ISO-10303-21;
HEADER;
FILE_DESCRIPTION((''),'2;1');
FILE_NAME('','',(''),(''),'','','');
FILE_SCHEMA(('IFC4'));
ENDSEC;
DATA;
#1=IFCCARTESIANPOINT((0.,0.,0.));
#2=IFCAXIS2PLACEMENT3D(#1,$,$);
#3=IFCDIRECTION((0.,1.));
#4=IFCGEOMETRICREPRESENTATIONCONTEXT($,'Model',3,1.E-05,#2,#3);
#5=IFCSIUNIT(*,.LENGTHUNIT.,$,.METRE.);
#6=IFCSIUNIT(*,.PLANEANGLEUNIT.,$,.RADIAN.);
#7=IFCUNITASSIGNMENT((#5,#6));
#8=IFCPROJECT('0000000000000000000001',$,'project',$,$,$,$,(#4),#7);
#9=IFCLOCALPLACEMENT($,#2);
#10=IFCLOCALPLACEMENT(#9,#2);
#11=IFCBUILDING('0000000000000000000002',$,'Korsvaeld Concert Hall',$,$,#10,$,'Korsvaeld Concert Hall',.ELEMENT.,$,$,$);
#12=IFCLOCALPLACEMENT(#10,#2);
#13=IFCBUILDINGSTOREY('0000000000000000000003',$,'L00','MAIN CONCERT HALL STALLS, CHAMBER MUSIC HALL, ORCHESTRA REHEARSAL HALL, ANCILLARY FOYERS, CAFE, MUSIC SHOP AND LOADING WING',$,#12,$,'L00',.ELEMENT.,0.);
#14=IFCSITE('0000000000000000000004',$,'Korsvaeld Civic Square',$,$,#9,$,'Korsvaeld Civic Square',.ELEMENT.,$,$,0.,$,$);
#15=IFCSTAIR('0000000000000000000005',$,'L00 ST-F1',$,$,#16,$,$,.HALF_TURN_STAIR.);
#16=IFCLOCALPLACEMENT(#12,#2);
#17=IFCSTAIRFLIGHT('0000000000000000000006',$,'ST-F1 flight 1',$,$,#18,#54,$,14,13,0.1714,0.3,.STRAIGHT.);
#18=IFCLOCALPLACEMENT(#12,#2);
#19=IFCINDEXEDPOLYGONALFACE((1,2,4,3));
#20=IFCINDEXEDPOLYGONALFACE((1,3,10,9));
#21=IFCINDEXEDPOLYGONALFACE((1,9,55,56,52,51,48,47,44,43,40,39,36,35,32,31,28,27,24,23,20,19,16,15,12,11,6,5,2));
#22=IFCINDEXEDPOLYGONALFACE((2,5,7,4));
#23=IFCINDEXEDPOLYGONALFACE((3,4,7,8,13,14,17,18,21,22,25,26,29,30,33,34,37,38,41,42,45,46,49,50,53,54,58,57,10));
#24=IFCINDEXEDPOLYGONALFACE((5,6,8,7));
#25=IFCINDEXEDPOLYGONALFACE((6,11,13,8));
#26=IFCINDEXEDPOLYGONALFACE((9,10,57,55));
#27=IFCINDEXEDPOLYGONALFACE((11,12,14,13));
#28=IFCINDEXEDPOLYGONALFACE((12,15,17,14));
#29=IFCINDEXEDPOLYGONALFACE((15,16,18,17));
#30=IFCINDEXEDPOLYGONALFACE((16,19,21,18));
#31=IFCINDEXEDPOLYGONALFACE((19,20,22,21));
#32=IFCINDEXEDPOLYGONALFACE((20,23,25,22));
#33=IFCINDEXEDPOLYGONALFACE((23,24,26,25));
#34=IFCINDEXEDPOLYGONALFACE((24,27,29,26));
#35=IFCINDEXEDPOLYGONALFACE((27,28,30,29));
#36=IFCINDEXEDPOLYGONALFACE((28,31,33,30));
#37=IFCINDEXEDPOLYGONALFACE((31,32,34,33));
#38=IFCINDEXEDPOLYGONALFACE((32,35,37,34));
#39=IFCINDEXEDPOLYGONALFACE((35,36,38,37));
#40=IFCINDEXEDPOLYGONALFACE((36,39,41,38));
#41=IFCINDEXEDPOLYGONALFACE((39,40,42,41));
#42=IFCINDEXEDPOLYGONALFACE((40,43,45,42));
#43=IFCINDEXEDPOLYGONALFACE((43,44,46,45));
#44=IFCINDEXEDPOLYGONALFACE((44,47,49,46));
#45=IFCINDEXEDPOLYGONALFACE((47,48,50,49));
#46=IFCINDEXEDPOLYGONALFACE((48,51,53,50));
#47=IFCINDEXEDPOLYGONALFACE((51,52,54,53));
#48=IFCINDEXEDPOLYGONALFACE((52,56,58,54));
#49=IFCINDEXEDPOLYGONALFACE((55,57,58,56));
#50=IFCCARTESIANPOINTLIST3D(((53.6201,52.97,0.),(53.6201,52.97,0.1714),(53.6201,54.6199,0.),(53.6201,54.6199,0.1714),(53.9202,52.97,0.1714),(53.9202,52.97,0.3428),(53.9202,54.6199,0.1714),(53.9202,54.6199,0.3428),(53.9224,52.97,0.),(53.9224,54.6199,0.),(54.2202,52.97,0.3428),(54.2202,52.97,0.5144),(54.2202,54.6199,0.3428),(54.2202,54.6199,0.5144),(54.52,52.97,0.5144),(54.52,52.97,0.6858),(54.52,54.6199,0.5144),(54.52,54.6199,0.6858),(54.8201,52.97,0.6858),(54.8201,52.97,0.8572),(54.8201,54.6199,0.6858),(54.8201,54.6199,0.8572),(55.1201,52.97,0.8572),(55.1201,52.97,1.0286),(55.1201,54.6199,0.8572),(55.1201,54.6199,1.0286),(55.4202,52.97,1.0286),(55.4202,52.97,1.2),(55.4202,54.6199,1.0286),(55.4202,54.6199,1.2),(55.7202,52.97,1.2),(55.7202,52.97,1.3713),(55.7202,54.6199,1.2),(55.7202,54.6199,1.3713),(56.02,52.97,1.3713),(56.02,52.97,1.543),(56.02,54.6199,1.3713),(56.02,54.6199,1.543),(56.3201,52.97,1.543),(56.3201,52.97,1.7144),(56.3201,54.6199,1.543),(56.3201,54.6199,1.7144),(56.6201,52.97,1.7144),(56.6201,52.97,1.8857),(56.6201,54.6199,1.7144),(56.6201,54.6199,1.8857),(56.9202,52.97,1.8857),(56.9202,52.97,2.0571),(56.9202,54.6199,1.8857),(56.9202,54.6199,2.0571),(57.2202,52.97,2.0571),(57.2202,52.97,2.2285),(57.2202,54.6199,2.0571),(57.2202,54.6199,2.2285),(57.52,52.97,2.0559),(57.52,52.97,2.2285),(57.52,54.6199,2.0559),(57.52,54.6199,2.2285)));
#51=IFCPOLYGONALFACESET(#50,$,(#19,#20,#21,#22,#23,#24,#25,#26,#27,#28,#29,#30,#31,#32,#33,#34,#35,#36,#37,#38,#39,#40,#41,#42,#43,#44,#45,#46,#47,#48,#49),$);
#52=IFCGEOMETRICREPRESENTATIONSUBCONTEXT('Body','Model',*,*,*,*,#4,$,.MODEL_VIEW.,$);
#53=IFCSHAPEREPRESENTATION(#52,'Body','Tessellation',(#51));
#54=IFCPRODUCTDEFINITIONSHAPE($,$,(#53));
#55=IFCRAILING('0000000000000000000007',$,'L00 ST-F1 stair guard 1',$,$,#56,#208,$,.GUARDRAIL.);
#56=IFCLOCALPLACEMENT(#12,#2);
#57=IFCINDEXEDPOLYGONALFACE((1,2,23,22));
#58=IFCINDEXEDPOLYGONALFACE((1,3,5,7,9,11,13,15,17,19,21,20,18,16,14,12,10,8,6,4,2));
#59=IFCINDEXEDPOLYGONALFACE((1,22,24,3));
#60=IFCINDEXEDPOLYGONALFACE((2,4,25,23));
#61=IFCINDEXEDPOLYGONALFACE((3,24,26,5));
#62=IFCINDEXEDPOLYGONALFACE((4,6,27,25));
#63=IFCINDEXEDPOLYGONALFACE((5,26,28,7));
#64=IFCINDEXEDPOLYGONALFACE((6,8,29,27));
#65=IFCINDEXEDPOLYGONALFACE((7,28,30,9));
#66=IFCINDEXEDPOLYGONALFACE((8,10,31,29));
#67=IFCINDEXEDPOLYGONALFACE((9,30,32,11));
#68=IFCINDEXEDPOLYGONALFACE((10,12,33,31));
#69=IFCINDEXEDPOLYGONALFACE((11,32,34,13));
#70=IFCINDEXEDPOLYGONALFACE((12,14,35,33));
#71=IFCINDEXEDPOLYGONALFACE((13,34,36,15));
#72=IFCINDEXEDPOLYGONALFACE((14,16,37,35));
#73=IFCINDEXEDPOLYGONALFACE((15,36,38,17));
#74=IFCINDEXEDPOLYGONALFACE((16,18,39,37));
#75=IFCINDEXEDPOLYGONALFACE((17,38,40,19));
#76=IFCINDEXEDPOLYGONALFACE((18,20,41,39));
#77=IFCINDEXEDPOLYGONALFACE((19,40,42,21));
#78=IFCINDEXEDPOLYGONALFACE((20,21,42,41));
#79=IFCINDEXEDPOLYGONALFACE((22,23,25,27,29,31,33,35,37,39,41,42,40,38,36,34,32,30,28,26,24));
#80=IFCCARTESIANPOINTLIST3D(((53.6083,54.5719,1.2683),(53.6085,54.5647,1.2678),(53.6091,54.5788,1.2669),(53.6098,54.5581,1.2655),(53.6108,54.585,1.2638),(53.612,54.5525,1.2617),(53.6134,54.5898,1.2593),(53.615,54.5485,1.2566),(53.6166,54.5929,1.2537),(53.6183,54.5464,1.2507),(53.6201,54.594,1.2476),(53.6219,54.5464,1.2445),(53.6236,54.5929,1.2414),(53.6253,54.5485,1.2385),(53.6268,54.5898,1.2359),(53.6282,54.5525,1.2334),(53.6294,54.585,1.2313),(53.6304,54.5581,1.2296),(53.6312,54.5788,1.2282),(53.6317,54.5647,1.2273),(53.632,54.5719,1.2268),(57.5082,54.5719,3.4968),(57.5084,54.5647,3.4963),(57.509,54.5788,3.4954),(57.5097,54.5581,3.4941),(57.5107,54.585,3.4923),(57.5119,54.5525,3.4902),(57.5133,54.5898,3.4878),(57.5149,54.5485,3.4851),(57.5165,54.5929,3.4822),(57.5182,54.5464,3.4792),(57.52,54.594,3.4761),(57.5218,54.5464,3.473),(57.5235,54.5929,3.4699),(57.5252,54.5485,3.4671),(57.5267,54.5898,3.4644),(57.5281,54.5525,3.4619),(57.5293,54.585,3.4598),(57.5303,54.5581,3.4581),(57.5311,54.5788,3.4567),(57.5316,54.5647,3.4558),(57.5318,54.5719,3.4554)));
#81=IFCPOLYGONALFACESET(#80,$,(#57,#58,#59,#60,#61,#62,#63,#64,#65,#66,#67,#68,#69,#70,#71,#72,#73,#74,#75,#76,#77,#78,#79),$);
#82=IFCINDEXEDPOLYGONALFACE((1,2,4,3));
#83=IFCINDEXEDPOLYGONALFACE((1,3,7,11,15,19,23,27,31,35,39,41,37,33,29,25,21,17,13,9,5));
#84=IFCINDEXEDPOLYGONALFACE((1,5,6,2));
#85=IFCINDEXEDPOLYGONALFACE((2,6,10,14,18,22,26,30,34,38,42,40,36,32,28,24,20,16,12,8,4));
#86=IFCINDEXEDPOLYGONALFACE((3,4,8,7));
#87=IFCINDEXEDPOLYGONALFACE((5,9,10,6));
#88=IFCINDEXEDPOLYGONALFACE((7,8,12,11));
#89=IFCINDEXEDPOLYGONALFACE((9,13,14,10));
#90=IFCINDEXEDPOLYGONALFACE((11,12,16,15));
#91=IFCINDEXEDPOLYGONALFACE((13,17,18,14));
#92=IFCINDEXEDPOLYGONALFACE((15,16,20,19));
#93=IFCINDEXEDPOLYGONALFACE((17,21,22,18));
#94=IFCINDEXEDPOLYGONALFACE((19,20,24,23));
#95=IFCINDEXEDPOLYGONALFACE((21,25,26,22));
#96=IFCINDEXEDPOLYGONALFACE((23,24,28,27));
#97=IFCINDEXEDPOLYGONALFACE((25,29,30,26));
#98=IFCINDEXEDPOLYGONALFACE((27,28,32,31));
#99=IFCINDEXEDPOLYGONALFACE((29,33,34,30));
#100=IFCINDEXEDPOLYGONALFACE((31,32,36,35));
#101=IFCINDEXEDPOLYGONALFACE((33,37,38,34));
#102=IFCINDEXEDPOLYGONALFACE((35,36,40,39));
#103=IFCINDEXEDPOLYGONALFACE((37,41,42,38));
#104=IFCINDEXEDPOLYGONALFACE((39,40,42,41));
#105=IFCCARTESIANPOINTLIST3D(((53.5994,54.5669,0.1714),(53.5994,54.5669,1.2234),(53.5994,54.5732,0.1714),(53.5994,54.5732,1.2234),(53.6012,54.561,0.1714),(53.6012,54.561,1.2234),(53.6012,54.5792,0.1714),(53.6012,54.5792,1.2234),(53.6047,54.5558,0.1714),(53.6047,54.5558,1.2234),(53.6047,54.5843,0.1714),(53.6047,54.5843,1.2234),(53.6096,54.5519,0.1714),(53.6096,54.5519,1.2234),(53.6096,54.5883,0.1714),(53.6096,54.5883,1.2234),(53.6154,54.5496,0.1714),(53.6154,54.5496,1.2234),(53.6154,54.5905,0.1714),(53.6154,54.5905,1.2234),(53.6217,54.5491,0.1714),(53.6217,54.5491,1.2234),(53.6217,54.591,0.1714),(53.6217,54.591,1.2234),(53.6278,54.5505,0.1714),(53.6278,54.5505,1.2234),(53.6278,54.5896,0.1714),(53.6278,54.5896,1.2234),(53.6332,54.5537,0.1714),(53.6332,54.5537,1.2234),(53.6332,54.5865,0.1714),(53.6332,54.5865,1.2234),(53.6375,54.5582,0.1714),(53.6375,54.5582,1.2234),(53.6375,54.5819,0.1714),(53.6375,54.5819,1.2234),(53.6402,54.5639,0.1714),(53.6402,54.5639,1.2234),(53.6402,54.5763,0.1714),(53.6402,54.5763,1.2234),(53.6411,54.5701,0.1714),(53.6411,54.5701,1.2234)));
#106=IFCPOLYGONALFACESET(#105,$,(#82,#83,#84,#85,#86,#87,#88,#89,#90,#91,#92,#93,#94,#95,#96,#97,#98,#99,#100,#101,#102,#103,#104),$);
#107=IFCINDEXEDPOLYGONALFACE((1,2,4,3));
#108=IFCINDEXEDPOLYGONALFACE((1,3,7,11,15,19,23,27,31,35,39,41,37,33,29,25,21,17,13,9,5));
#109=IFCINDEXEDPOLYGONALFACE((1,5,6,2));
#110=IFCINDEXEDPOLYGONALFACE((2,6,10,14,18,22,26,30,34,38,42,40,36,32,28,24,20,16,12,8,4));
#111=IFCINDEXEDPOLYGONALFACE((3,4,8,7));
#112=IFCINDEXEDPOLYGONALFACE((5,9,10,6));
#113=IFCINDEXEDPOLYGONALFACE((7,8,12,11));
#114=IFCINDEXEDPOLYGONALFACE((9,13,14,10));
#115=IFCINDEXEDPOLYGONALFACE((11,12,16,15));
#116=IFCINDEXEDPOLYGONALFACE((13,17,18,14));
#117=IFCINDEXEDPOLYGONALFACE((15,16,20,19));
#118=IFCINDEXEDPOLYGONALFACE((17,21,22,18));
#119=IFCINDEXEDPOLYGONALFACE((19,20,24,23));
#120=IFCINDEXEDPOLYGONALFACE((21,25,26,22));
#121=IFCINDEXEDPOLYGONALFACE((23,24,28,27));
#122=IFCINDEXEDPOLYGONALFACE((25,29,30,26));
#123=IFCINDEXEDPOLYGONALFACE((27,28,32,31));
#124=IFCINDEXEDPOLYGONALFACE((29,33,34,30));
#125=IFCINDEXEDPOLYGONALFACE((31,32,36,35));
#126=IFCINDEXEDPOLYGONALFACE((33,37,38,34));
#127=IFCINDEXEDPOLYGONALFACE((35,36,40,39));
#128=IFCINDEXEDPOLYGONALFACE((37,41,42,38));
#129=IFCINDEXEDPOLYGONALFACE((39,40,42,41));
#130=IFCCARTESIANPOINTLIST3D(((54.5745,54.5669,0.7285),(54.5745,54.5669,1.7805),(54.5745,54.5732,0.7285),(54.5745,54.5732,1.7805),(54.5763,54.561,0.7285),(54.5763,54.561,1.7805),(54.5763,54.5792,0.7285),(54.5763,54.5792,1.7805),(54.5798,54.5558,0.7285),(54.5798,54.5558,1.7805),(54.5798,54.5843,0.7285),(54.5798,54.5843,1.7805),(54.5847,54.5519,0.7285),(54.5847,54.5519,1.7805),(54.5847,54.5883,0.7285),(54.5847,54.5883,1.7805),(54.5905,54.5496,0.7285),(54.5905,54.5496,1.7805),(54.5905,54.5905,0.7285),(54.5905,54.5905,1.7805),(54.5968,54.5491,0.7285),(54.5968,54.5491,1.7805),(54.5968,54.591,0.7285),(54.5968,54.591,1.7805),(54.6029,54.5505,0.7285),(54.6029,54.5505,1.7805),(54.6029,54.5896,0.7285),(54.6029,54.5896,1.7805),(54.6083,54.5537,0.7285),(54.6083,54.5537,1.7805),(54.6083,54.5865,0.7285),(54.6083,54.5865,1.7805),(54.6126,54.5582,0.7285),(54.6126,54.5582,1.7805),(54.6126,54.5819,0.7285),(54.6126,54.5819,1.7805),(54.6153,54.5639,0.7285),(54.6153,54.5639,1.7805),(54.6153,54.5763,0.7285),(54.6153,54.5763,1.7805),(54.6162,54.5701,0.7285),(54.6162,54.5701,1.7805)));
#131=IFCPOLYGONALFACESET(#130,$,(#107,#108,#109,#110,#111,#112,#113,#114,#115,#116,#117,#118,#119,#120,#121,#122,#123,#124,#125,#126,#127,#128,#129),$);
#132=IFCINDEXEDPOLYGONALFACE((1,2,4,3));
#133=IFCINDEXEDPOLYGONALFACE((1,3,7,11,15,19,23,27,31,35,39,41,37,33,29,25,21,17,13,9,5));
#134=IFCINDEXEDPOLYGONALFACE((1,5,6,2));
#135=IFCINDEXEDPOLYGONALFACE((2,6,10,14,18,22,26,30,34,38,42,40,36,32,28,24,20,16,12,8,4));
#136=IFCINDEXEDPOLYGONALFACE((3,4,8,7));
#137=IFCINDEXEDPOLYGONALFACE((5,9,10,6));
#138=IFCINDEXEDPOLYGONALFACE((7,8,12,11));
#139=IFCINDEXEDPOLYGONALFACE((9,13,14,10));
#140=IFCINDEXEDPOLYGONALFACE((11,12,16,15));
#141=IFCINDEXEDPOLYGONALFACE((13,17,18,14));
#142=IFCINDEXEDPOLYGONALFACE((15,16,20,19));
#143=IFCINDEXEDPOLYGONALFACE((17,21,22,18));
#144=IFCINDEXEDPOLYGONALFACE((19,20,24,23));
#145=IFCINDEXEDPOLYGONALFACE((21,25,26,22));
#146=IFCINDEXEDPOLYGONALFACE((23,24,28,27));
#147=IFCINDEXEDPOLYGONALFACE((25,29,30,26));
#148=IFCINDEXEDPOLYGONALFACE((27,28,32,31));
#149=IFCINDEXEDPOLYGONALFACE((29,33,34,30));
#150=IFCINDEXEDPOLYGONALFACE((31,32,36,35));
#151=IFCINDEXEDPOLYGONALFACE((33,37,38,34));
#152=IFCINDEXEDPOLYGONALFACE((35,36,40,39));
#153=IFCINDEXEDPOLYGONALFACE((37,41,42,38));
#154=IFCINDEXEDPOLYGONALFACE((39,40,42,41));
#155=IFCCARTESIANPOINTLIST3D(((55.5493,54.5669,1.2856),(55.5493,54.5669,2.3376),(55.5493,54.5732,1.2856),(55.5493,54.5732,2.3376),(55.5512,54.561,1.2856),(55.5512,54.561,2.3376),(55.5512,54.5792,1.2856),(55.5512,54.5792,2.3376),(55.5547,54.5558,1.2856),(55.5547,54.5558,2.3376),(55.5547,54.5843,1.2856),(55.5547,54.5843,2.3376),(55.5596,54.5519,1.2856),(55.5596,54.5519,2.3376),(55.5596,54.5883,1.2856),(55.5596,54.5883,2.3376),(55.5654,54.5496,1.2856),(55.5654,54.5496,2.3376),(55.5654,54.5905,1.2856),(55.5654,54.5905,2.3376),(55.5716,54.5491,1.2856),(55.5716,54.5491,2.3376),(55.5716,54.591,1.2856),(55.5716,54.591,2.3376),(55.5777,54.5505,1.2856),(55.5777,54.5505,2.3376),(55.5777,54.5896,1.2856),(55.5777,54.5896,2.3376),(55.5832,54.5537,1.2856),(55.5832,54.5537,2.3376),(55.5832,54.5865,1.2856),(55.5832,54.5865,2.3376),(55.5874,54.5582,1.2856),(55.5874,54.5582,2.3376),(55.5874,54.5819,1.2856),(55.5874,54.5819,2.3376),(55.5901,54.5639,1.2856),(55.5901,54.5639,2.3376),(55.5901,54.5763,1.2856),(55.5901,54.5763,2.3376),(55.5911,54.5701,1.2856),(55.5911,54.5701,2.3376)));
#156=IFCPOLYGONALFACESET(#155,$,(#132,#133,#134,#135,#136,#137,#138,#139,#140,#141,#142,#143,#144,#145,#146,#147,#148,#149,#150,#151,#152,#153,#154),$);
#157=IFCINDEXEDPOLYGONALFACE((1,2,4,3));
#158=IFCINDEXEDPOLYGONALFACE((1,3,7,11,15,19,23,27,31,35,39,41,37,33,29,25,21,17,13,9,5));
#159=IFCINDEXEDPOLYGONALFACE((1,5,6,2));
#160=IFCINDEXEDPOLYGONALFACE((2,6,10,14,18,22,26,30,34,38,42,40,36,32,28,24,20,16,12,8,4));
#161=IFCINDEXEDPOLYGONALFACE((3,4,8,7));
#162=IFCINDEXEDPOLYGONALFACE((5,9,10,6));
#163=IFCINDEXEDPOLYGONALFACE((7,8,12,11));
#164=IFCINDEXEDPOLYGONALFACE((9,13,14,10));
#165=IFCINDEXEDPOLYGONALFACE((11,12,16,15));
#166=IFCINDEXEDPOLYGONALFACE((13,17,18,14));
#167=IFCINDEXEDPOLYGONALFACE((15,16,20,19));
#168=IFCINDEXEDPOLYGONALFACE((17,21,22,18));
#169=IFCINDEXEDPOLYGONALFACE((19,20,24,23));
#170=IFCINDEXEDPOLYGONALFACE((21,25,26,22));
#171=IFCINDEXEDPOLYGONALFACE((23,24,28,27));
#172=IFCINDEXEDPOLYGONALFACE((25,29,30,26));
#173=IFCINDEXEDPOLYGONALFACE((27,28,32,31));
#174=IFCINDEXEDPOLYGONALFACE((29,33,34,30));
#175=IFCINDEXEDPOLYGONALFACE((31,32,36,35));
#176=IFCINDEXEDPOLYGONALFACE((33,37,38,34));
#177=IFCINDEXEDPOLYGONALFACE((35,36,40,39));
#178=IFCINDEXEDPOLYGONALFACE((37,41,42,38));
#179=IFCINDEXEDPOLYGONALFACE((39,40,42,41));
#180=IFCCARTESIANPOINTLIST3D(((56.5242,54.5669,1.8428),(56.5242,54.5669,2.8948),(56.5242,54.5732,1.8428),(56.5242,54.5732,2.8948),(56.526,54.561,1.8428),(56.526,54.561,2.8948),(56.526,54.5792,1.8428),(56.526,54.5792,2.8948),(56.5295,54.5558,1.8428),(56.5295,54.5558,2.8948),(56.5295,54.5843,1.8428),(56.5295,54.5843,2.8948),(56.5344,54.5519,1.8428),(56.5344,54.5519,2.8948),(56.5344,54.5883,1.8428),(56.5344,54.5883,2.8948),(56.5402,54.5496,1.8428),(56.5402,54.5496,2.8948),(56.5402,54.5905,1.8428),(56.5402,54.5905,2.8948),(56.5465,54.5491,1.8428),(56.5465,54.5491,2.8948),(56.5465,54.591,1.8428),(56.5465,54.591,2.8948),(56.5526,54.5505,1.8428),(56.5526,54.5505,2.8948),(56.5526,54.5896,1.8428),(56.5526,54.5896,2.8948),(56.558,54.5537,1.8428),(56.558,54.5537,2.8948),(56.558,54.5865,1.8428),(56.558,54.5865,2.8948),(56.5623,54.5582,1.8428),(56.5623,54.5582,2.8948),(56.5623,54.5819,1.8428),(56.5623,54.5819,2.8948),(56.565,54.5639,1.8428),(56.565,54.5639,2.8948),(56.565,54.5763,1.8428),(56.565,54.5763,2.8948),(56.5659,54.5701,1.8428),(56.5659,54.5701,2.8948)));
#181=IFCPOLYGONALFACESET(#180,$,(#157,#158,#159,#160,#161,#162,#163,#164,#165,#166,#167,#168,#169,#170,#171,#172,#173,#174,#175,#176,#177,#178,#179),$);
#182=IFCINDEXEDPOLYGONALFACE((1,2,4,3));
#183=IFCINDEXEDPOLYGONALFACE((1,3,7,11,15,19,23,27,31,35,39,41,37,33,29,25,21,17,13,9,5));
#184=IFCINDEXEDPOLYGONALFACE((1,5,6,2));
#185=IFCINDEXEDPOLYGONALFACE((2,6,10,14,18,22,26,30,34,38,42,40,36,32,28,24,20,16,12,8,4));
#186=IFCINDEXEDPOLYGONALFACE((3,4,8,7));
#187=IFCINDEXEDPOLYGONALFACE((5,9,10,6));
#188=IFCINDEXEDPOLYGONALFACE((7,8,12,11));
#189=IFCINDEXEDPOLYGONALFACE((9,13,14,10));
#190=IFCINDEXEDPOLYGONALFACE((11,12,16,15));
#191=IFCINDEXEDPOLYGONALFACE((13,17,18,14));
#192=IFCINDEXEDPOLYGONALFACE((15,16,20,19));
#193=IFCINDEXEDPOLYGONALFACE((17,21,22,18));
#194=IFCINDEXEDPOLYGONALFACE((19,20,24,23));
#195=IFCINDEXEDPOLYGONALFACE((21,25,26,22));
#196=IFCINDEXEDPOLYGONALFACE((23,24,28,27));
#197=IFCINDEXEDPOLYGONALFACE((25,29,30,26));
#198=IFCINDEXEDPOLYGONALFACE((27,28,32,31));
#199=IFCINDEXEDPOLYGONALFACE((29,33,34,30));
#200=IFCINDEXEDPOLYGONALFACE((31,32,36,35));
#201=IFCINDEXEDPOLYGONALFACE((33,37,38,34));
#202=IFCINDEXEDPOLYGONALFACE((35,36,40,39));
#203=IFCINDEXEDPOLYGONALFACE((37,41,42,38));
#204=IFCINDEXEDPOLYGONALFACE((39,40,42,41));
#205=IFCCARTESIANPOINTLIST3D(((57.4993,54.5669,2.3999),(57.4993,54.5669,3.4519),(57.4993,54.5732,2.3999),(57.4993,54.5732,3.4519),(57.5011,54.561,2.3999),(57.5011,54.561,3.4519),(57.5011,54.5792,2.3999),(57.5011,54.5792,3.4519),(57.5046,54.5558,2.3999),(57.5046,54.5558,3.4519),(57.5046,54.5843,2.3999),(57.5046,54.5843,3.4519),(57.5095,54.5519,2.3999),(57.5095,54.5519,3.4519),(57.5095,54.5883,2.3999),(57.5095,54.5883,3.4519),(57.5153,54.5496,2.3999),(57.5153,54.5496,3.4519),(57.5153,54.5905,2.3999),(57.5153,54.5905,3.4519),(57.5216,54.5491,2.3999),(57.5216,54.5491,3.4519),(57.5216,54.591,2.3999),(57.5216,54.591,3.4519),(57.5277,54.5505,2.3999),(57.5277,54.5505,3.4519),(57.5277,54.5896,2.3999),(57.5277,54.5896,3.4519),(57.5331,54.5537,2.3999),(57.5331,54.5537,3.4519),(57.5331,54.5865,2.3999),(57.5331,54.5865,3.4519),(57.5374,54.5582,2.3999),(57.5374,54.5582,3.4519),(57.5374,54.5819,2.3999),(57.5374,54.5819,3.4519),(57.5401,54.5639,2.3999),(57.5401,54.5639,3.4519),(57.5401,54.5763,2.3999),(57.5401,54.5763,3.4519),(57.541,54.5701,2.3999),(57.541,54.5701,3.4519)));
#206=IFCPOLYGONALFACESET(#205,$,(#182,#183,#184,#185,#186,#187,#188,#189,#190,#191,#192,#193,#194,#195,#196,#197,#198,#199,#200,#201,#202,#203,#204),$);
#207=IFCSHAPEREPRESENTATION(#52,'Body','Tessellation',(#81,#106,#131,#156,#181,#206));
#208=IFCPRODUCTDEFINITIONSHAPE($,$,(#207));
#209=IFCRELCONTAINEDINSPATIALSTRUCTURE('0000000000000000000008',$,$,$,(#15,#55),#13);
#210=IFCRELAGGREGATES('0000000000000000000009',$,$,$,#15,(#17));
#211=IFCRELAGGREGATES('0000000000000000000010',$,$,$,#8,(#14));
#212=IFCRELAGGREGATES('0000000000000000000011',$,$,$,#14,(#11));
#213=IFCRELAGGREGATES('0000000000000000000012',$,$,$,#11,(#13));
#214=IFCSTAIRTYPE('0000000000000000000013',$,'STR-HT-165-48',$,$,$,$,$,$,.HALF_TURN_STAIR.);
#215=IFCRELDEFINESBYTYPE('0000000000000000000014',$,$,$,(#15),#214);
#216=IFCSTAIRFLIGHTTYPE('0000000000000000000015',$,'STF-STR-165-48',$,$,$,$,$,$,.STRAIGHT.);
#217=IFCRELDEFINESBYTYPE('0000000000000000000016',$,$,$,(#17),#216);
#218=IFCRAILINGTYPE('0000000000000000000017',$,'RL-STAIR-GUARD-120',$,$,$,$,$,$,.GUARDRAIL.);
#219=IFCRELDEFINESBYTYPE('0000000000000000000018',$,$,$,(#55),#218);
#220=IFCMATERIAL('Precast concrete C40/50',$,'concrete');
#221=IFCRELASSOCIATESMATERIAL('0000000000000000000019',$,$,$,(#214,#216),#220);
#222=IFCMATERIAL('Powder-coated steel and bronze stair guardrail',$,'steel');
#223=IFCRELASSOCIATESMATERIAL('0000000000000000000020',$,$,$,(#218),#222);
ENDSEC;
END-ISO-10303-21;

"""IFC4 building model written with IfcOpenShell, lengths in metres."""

from ifc_helpers import new_model, si_unit, direction, frame, origin, origin_2d, place, context, subcontext, project, spatial, polyline, circle, outline, extrude, material, type_object, element, aggregate, save


model = new_model("IFC4")

# Units and contexts
model_context = context("Model", 3, precision=1e-05, world=origin(), true_north=direction((0.0, 1.0)))
body_context = subcontext(model_context, "Body", "Model", "MODEL_VIEW")
ifc_project = project(units=[si_unit("LENGTHUNIT", "METRE"), si_unit("PLANEANGLEUNIT", "RADIAN")], contexts=[model_context])

# Site, building, storey
site_placement = place(None, origin())
site = spatial("IfcSite", under=ifc_project, at=site_placement, Name="Korsvaeld Civic Square", LongName="Korsvaeld Civic Square", CompositionType="ELEMENT", RefElevation=0.0)
building_placement = place(site_placement, origin())
building = spatial("IfcBuilding", under=site, at=building_placement, Name="Korsvaeld Concert Hall", LongName="Korsvaeld Concert Hall", CompositionType="ELEMENT")
storey_placement = place(building_placement, origin())
storey = spatial("IfcBuildingStorey", under=building, at=storey_placement, Name="L00", Description="MAIN CONCERT HALL STALLS, CHAMBER MUSIC HALL, ORCHESTRA REHEARSAL HALL, ANCILLARY FOYERS, CAFE, MUSIC SHOP AND LOADING WING", LongName="L00", CompositionType="ELEMENT", Elevation=0.0)

# Stair, stair flight
ifc_material_1 = material(Name="Precast concrete C40/50", Category="concrete")
stair_type = type_object("IfcStairType", Name="STR-HT-165-48", PredefinedType="HALF_TURN_STAIR", material=ifc_material_1)
stair_placement = place(storey_placement, origin())
stair = element("IfcStair", 1, at=stair_placement, inside=storey, type_object=stair_type, Name="L00 ST-F1", PredefinedType="HALF_TURN_STAIR")
stair_flight_type = type_object("IfcStairFlightType", Name="STF-STR-165-48", PredefinedType="STRAIGHT", material=ifc_material_1)
stair_flight_placement = place(storey_placement, frame((53.6201, 53.7949, 0.0), z_axis=(0.0, 0.0, 1.0), x_axis=(1.0, 0.0, 0.0)))
stair_flight = element("IfcStairFlight", 2, at=stair_flight_placement, type_object=stair_flight_type, Name="ST-F1 flight 1", NumberOfRisers=14, NumberOfTreads=13, PredefinedType="STRAIGHT", RiserHeight=0.1714, TreadLength=0.3, context=body_context, shape_type="SweptSolid", body=[
    extrude(outline(polyline([(0.0, 0.0), (0.0, 0.1714), (0.3, 0.1714), (0.3, 0.3428), (0.6001, 0.3428), (0.6001, 0.5144), (0.8999, 0.5144), (0.8999, 0.6858), (1.2, 0.6858), (1.2, 0.8572), (1.5, 0.8572), (1.5, 1.0286), (1.8, 1.0286), (1.8, 1.2), (2.1001, 1.2), (2.1001, 1.3713), (2.3999, 1.3713), (2.3999, 1.543), (2.7, 1.543), (2.7, 1.7144), (3.0, 1.7144), (3.0, 1.8857), (3.3, 1.8857), (3.3, 2.0571), (3.6001, 2.0571), (3.6001, 2.2285), (3.8999, 2.2285), (3.8999, 2.3999), (3.8999, 2.0559), (0.3022, 0.0), (0.0, 0.0)])), frame((0.0, 0.825, 0.0), z_axis=(0.0, -1.0, 0.0), x_axis=(1.0, 0.0, 0.0)), (0.0, 0.0, 1.0), 1.6499),
])
aggregate(stair, [stair_flight])

# Railing
ifc_material_2 = material(Name="Powder-coated steel and bronze stair guardrail", Category="steel")
railing_type_1 = type_object("IfcRailingType", Name="RL-STAIR-GUARD-120", PredefinedType="GUARDRAIL", material=ifc_material_2)
railing_1_placement = place(storey_placement, frame((53.6201, 54.5701, 0.1714)))
element("IfcRailing", 3, at=railing_1_placement, inside=storey, type_object=railing_type_1, Name="L00 ST-F1 stair guard 1", PredefinedType="GUARDRAIL", context=body_context, shape_type="SweptSolid", body=[
    extrude(circle(Radius=0.0239, at=origin_2d()), frame((0.0, 0.0, 1.0762), z_axis=(0.868243, 0.0, 0.496139), x_axis=(0.0, 1.0, 0.0)), (0.0, 0.0, 1.0), 4.4917),
    extrude(circle(Radius=0.021, at=origin_2d()), origin(), (0.0, 0.0, 1.0), 1.052),
    extrude(circle(Radius=0.021, at=origin_2d()), frame((0.9751, 0.0, 0.5571)), (0.0, 0.0, 1.0), 1.052),
    extrude(circle(Radius=0.021, at=origin_2d()), frame((1.95, 0.0, 1.1143)), (0.0, 0.0, 1.0), 1.052),
    extrude(circle(Radius=0.021, at=origin_2d()), frame((2.9248, 0.0, 1.6714)), (0.0, 0.0, 1.0), 1.052),
    extrude(circle(Radius=0.021, at=origin_2d()), frame((3.8999, 0.0, 2.2285)), (0.0, 0.0, 1.0), 1.052),
])

save(model, "model.ifc")
